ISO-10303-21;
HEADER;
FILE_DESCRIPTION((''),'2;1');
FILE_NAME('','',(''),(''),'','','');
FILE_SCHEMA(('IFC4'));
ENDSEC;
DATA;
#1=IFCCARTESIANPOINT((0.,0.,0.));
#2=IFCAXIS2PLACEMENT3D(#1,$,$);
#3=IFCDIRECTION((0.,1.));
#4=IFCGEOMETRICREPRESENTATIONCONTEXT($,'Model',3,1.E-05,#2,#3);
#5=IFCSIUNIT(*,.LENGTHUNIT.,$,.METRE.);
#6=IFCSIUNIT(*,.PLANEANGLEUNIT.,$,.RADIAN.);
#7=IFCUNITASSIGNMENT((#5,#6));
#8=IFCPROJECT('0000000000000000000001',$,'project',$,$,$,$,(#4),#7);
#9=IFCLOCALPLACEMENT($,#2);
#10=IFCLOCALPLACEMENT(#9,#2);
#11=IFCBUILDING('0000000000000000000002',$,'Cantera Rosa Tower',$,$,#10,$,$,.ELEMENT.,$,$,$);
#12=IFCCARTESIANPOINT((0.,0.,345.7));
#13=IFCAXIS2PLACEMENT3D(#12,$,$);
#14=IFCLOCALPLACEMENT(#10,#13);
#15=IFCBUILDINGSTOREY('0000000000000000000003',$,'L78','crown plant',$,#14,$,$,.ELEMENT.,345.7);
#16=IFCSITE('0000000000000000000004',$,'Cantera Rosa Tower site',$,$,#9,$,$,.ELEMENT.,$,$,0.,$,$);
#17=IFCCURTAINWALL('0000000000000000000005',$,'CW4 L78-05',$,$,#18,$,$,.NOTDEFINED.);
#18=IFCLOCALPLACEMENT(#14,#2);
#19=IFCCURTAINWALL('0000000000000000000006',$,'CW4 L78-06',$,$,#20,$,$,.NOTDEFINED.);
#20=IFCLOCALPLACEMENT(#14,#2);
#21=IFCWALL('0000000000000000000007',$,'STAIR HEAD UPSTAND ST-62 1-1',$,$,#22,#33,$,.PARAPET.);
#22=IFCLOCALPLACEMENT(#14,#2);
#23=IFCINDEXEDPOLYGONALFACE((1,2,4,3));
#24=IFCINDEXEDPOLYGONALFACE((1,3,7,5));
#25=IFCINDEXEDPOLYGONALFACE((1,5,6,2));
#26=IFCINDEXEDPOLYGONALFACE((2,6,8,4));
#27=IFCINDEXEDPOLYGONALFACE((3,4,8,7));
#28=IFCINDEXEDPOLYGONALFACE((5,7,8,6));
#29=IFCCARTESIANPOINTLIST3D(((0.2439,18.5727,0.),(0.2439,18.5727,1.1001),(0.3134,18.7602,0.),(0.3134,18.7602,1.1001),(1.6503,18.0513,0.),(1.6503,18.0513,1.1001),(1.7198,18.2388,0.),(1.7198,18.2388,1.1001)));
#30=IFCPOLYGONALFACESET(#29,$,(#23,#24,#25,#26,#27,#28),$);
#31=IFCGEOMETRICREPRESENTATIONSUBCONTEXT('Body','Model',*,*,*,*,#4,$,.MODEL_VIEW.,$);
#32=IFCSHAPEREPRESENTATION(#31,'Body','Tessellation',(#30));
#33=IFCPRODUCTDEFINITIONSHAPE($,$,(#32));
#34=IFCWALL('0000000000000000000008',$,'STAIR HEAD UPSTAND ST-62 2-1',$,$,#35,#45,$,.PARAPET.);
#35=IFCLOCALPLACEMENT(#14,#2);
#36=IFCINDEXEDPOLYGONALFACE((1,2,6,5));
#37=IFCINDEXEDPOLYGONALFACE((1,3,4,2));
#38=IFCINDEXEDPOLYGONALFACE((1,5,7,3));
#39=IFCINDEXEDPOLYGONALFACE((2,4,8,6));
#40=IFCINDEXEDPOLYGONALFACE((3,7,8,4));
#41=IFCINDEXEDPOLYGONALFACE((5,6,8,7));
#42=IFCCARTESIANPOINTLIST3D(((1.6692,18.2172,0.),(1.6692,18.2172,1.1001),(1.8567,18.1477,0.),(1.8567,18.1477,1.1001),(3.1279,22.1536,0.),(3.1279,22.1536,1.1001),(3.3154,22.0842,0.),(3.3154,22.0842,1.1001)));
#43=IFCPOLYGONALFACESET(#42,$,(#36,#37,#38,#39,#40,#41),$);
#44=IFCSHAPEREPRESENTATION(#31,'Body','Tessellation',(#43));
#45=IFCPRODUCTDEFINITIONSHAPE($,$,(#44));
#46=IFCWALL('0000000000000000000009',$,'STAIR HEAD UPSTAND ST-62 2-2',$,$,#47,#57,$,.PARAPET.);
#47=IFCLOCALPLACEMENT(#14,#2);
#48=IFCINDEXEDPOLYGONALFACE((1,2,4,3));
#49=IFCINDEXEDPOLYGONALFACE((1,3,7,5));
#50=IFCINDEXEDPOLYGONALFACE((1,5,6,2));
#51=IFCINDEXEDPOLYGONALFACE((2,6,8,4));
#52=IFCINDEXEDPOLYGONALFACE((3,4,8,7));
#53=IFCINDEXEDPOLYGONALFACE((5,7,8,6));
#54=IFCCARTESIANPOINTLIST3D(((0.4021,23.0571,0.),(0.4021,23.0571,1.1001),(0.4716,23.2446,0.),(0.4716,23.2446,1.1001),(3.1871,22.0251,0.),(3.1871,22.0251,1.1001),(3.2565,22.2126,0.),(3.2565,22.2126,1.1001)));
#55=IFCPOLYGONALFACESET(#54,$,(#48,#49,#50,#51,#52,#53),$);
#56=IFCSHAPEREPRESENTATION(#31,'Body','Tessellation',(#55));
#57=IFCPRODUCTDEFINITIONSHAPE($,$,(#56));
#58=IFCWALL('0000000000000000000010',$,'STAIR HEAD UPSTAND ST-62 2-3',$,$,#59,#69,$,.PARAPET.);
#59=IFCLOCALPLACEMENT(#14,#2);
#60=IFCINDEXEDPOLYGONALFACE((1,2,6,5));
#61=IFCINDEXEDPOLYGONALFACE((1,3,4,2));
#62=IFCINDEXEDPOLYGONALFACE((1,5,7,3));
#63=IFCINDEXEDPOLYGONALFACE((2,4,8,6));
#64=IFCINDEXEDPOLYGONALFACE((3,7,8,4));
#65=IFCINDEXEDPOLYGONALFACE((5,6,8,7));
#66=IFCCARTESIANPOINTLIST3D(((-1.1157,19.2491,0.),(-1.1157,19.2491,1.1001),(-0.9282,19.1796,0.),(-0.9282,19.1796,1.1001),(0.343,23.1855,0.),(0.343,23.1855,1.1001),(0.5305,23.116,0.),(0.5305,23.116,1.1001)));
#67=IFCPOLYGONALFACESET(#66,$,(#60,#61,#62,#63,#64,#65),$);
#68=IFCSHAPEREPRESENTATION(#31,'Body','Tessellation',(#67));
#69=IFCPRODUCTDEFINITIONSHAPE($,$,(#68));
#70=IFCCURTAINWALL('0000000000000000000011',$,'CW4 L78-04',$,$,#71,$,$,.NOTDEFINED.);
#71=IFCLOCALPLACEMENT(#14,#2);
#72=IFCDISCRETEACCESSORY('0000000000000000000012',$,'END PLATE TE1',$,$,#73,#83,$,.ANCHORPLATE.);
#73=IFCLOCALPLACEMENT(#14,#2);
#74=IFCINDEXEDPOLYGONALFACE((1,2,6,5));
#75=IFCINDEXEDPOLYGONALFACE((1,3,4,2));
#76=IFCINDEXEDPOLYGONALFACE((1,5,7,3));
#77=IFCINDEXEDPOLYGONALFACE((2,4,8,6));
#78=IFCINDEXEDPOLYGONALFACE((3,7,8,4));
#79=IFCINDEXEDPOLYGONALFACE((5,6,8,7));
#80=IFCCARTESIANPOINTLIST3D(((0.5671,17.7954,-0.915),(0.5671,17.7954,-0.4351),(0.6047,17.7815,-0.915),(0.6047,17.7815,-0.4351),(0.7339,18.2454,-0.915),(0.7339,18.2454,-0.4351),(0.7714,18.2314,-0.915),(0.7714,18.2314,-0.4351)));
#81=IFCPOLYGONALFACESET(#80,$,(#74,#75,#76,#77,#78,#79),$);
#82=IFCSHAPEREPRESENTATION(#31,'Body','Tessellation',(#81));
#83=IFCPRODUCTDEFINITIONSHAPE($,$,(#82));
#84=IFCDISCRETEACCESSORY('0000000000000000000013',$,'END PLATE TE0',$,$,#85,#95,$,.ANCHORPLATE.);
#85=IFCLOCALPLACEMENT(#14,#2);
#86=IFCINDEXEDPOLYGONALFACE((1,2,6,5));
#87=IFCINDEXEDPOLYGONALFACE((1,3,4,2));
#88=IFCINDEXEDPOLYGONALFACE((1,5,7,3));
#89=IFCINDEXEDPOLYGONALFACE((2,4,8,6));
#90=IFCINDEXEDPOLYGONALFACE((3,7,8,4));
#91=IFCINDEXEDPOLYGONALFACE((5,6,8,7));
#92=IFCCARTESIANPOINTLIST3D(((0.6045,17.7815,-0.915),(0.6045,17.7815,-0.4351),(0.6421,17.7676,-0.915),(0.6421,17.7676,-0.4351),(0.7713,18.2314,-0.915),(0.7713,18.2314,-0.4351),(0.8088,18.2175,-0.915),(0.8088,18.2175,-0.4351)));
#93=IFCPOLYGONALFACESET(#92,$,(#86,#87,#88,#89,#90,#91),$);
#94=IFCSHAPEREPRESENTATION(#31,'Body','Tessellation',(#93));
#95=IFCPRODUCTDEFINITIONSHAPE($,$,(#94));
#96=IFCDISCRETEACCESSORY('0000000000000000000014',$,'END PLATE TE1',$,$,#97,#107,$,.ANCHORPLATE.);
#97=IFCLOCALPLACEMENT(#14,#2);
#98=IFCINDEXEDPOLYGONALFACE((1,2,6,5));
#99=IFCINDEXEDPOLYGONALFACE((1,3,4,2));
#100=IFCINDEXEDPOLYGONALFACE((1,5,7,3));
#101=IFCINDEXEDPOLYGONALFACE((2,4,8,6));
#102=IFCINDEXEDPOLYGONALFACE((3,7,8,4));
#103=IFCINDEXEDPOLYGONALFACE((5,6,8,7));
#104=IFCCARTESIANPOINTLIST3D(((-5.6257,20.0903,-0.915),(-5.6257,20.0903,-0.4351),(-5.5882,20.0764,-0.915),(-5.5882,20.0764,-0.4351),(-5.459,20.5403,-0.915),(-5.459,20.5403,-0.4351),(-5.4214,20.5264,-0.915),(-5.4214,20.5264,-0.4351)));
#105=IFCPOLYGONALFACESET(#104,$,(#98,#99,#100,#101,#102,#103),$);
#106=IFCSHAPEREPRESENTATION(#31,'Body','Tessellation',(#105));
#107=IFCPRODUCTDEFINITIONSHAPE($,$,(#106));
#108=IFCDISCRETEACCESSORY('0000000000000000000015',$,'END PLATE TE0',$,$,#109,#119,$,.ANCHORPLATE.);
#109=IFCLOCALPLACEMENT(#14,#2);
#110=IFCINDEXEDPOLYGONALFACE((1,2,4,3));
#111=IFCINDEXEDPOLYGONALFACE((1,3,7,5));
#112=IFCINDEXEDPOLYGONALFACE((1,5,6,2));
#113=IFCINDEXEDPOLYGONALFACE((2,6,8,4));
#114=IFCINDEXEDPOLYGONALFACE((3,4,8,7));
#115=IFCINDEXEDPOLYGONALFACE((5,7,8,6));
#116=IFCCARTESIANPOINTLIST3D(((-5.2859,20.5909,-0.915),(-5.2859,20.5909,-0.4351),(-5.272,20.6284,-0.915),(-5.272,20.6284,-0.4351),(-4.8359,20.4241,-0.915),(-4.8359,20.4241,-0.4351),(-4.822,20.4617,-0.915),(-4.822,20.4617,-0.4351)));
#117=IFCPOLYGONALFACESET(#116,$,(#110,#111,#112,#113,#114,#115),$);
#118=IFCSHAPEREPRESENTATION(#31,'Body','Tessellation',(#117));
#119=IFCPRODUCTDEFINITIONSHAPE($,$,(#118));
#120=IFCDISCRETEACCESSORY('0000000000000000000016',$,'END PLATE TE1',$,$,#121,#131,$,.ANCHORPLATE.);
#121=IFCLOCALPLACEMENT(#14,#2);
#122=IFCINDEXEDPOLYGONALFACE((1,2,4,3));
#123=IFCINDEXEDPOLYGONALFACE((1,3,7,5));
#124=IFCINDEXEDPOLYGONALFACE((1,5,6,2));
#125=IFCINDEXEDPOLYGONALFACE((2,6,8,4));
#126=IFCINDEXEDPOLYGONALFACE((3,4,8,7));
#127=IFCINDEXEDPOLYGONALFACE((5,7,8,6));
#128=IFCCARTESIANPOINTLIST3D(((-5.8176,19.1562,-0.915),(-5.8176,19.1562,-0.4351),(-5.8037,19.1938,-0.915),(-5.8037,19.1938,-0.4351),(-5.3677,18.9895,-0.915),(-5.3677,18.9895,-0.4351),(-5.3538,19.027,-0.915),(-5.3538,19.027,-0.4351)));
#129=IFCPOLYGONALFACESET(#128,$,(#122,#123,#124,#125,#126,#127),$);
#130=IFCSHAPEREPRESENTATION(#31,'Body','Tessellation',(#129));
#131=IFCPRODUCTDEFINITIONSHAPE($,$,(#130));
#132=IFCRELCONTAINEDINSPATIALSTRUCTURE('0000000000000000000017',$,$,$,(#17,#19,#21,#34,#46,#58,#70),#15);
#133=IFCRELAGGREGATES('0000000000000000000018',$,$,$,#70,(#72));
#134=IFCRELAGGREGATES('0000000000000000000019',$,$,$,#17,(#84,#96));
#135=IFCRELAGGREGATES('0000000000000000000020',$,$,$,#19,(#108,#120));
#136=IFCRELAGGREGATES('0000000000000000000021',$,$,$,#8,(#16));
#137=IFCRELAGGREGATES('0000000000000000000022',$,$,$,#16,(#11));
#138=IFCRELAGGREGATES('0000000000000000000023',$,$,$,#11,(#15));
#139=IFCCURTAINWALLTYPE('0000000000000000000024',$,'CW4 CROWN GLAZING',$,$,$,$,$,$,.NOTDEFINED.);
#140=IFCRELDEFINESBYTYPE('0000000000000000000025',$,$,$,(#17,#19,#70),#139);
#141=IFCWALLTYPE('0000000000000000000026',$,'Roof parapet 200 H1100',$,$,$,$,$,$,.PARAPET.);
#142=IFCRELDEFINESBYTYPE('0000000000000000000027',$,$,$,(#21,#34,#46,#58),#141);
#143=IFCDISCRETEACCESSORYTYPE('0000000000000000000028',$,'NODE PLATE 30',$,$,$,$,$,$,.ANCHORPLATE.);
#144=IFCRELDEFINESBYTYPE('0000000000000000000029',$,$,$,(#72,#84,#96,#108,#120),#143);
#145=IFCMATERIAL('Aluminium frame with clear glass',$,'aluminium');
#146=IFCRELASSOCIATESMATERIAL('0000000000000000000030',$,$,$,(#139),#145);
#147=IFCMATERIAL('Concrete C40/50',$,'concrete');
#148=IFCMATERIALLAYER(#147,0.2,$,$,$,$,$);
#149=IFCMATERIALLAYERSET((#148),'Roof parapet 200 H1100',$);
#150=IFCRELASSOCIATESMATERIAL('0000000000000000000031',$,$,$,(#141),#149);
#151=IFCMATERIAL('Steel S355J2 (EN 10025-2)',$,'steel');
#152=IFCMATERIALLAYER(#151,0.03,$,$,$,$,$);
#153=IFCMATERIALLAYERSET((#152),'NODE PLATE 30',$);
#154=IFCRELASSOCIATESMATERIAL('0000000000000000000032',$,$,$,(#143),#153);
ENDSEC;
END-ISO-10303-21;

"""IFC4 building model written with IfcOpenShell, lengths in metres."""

from ifc_helpers import new_model, si_unit, direction, frame, frame_2d, origin, place, context, subcontext, project, spatial, polyline, rectangle, outline, extrude, material, layer, layer_set, type_object, element, aggregate, save


model = new_model("IFC4")

# Units and contexts
model_context = context("Model", 3, precision=1e-05, world=origin(), true_north=direction((0.0, 1.0)))
body_context = subcontext(model_context, "Body", "Model", "MODEL_VIEW")
ifc_project = project(units=[si_unit("LENGTHUNIT", "METRE"), si_unit("PLANEANGLEUNIT", "RADIAN")], contexts=[model_context])

# Site, building, storey
site_placement = place(None, origin())
site = spatial("IfcSite", under=ifc_project, at=site_placement, Name="Cantera Rosa Tower site", CompositionType="ELEMENT", RefElevation=0.0)
building_placement = place(site_placement, origin())
building = spatial("IfcBuilding", under=site, at=building_placement, Name="Cantera Rosa Tower", CompositionType="ELEMENT")
storey_placement = place(building_placement, frame((0.0, 0.0, 345.7)))
storey = spatial("IfcBuildingStorey", under=building, at=storey_placement, Name="L78", Description="crown plant", CompositionType="ELEMENT", Elevation=345.7)

# Curtain walls
ifc_material_1 = material(Name="Aluminium frame with clear glass", Category="aluminium")
curtain_wall_type = type_object("IfcCurtainWallType", Name="CW4 CROWN GLAZING", PredefinedType="NOTDEFINED", material=ifc_material_1)
curtain_wall_1_placement = place(storey_placement, origin())
curtain_wall_1 = element("IfcCurtainWall", 1, at=curtain_wall_1_placement, inside=storey, type_object=curtain_wall_type, Name="CW4 L78-05", PredefinedType="NOTDEFINED")
curtain_wall_2_placement = place(storey_placement, origin())
curtain_wall_2 = element("IfcCurtainWall", 2, at=curtain_wall_2_placement, inside=storey, type_object=curtain_wall_type, Name="CW4 L78-06", PredefinedType="NOTDEFINED")

# Walls
ifc_material_2 = material(Name="Concrete C40/50", Category="concrete")
ifc_layer_1 = layer(ifc_material_2, 0.2)
ifc_layer_set_1 = layer_set([ifc_layer_1], Name="Roof parapet 200 H1100")
wall_type_1 = type_object("IfcWallType", Name="Roof parapet 200 H1100", PredefinedType="PARAPET", material=ifc_layer_set_1)
wall_1_placement = place(storey_placement, frame((1.6851, 18.145, 0.0), z_axis=(0.0, 0.0, 1.0), x_axis=(-0.937627, 0.347643, 0.0)))
element("IfcWall", 3, at=wall_1_placement, inside=storey, type_object=wall_type_1, Name="STAIR HEAD UPSTAND ST-62 1-1", PredefinedType="PARAPET", context=body_context, shape_type="SweptSolid", body=[
    extrude(rectangle(XDim=1.5, YDim=0.2, at=frame_2d((0.75, 0.0))), origin(), (0.0, 0.0, 1.0), 1.1001),
])
wall_2_placement = place(storey_placement, frame((1.7629, 18.1824, 0.0), z_axis=(0.0, 0.0, 1.0), x_axis=(0.347475, 0.937689, 0.0)))
element("IfcWall", 4, at=wall_2_placement, inside=storey, type_object=wall_type_1, Name="STAIR HEAD UPSTAND ST-62 2-1", PredefinedType="PARAPET", context=body_context, shape_type="SweptSolid", body=[
    extrude(rectangle(XDim=4.198, YDim=0.2, at=frame_2d((2.0991, 0.0))), origin(), (0.0, 0.0, 1.0), 1.1001),
])
wall_3_placement = place(storey_placement, frame((3.2217, 22.1189, 0.0), z_axis=(0.0, 0.0, 1.0), x_axis=(-0.93769, 0.347472, 0.0)))
element("IfcWall", 5, at=wall_3_placement, inside=storey, type_object=wall_type_1, Name="STAIR HEAD UPSTAND ST-62 2-2", PredefinedType="PARAPET", context=body_context, shape_type="SweptSolid", body=[
    extrude(rectangle(XDim=2.97, YDim=0.2, at=frame_2d((1.4849, 0.0))), origin(), (0.0, 0.0, 1.0), 1.1001),
])
wall_4_placement = place(storey_placement, frame((0.4368, 23.1509, 0.0), z_axis=(0.0, 0.0, 1.0), x_axis=(-0.347475, -0.937689, 0.0)))
element("IfcWall", 6, at=wall_4_placement, inside=storey, type_object=wall_type_1, Name="STAIR HEAD UPSTAND ST-62 2-3", PredefinedType="PARAPET", context=body_context, shape_type="SweptSolid", body=[
    extrude(rectangle(XDim=4.198, YDim=0.2, at=frame_2d((2.0991, 0.0))), origin(), (0.0, 0.0, 1.0), 1.1001),
])

# Curtain wall, discrete accessory
curtain_wall_3_placement = place(storey_placement, origin())
curtain_wall_3 = element("IfcCurtainWall", 7, at=curtain_wall_3_placement, inside=storey, type_object=curtain_wall_type, Name="CW4 L78-04", PredefinedType="NOTDEFINED")
ifc_material_3 = material(Name="Steel S355J2 (EN 10025-2)", Category="steel")
ifc_layer_2 = layer(ifc_material_3, 0.03)
ifc_layer_set_2 = layer_set([ifc_layer_2], Name="NODE PLATE 30")
discrete_accessory_type = type_object("IfcDiscreteAccessoryType", Name="NODE PLATE 30", PredefinedType="ANCHORPLATE", material=ifc_layer_set_2)
discrete_accessory_1_placement = place(storey_placement, frame((0.5671, 17.7954, -0.4351), z_axis=(-0.937681, 0.347497, 0.0), x_axis=(0.347497, 0.937681, 0.0)))
discrete_accessory_1 = element("IfcDiscreteAccessory", 8, at=discrete_accessory_1_placement, type_object=discrete_accessory_type, Name="END PLATE TE1", PredefinedType="ANCHORPLATE", context=body_context, shape_type="SweptSolid", body=[
    extrude(outline(polyline([(0.0, 0.0), (0.4799, 0.0), (0.4799, 0.48), (0.0, 0.48), (0.0, 0.0)])), origin(), (0.0, 0.0, -1.0), 0.04),
])
aggregate(curtain_wall_3, [discrete_accessory_1])

# Discrete accessories
discrete_accessory_2_placement = place(storey_placement, frame((0.8088, 18.2175, -0.4351), z_axis=(0.937681, -0.347497, 0.0), x_axis=(-0.347497, -0.937681, 0.0)))
discrete_accessory_2 = element("IfcDiscreteAccessory", 9, at=discrete_accessory_2_placement, type_object=discrete_accessory_type, Name="END PLATE TE0", PredefinedType="ANCHORPLATE", context=body_context, shape_type="SweptSolid", body=[
    extrude(outline(polyline([(0.0, 0.0), (0.4799, 0.0), (0.4799, 0.48), (0.0, 0.48), (0.0, 0.0)])), origin(), (0.0, 0.0, -1.0), 0.04),
])
discrete_accessory_3_placement = place(storey_placement, frame((-5.6257, 20.0903, -0.4351), z_axis=(-0.937681, 0.347497, 0.0), x_axis=(0.347497, 0.937681, 0.0)))
discrete_accessory_3 = element("IfcDiscreteAccessory", 10, at=discrete_accessory_3_placement, type_object=discrete_accessory_type, Name="END PLATE TE1", PredefinedType="ANCHORPLATE", context=body_context, shape_type="SweptSolid", body=[
    extrude(outline(polyline([(0.0, 0.0), (0.4799, 0.0), (0.4799, 0.48), (0.0, 0.48), (0.0, 0.0)])), origin(), (0.0, 0.0, -1.0), 0.04),
])
aggregate(curtain_wall_1, [discrete_accessory_2, discrete_accessory_3])
discrete_accessory_4_placement = place(storey_placement, frame((-5.272, 20.6284, -0.4351), z_axis=(0.347497, 0.937681, 0.0), x_axis=(0.937681, -0.347497, 0.0)))
discrete_accessory_4 = element("IfcDiscreteAccessory", 11, at=discrete_accessory_4_placement, type_object=discrete_accessory_type, Name="END PLATE TE0", PredefinedType="ANCHORPLATE", context=body_context, shape_type="SweptSolid", body=[
    extrude(outline(polyline([(0.0, 0.0), (0.4799, 0.0), (0.4799, 0.48), (0.0, 0.48), (0.0, 0.0)])), origin(), (0.0, 0.0, -1.0), 0.04),
])
discrete_accessory_5_placement = place(storey_placement, frame((-5.3677, 18.9895, -0.4351), z_axis=(-0.347497, -0.937681, 0.0), x_axis=(-0.937681, 0.347497, 0.0)))
discrete_accessory_5 = element("IfcDiscreteAccessory", 12, at=discrete_accessory_5_placement, type_object=discrete_accessory_type, Name="END PLATE TE1", PredefinedType="ANCHORPLATE", context=body_context, shape_type="SweptSolid", body=[
    extrude(outline(polyline([(0.0, 0.0), (0.4799, 0.0), (0.4799, 0.48), (0.0, 0.48), (0.0, 0.0)])), origin(), (0.0, 0.0, -1.0), 0.04),
])
aggregate(curtain_wall_2, [discrete_accessory_4, discrete_accessory_5])

save(model, "model.ifc")
